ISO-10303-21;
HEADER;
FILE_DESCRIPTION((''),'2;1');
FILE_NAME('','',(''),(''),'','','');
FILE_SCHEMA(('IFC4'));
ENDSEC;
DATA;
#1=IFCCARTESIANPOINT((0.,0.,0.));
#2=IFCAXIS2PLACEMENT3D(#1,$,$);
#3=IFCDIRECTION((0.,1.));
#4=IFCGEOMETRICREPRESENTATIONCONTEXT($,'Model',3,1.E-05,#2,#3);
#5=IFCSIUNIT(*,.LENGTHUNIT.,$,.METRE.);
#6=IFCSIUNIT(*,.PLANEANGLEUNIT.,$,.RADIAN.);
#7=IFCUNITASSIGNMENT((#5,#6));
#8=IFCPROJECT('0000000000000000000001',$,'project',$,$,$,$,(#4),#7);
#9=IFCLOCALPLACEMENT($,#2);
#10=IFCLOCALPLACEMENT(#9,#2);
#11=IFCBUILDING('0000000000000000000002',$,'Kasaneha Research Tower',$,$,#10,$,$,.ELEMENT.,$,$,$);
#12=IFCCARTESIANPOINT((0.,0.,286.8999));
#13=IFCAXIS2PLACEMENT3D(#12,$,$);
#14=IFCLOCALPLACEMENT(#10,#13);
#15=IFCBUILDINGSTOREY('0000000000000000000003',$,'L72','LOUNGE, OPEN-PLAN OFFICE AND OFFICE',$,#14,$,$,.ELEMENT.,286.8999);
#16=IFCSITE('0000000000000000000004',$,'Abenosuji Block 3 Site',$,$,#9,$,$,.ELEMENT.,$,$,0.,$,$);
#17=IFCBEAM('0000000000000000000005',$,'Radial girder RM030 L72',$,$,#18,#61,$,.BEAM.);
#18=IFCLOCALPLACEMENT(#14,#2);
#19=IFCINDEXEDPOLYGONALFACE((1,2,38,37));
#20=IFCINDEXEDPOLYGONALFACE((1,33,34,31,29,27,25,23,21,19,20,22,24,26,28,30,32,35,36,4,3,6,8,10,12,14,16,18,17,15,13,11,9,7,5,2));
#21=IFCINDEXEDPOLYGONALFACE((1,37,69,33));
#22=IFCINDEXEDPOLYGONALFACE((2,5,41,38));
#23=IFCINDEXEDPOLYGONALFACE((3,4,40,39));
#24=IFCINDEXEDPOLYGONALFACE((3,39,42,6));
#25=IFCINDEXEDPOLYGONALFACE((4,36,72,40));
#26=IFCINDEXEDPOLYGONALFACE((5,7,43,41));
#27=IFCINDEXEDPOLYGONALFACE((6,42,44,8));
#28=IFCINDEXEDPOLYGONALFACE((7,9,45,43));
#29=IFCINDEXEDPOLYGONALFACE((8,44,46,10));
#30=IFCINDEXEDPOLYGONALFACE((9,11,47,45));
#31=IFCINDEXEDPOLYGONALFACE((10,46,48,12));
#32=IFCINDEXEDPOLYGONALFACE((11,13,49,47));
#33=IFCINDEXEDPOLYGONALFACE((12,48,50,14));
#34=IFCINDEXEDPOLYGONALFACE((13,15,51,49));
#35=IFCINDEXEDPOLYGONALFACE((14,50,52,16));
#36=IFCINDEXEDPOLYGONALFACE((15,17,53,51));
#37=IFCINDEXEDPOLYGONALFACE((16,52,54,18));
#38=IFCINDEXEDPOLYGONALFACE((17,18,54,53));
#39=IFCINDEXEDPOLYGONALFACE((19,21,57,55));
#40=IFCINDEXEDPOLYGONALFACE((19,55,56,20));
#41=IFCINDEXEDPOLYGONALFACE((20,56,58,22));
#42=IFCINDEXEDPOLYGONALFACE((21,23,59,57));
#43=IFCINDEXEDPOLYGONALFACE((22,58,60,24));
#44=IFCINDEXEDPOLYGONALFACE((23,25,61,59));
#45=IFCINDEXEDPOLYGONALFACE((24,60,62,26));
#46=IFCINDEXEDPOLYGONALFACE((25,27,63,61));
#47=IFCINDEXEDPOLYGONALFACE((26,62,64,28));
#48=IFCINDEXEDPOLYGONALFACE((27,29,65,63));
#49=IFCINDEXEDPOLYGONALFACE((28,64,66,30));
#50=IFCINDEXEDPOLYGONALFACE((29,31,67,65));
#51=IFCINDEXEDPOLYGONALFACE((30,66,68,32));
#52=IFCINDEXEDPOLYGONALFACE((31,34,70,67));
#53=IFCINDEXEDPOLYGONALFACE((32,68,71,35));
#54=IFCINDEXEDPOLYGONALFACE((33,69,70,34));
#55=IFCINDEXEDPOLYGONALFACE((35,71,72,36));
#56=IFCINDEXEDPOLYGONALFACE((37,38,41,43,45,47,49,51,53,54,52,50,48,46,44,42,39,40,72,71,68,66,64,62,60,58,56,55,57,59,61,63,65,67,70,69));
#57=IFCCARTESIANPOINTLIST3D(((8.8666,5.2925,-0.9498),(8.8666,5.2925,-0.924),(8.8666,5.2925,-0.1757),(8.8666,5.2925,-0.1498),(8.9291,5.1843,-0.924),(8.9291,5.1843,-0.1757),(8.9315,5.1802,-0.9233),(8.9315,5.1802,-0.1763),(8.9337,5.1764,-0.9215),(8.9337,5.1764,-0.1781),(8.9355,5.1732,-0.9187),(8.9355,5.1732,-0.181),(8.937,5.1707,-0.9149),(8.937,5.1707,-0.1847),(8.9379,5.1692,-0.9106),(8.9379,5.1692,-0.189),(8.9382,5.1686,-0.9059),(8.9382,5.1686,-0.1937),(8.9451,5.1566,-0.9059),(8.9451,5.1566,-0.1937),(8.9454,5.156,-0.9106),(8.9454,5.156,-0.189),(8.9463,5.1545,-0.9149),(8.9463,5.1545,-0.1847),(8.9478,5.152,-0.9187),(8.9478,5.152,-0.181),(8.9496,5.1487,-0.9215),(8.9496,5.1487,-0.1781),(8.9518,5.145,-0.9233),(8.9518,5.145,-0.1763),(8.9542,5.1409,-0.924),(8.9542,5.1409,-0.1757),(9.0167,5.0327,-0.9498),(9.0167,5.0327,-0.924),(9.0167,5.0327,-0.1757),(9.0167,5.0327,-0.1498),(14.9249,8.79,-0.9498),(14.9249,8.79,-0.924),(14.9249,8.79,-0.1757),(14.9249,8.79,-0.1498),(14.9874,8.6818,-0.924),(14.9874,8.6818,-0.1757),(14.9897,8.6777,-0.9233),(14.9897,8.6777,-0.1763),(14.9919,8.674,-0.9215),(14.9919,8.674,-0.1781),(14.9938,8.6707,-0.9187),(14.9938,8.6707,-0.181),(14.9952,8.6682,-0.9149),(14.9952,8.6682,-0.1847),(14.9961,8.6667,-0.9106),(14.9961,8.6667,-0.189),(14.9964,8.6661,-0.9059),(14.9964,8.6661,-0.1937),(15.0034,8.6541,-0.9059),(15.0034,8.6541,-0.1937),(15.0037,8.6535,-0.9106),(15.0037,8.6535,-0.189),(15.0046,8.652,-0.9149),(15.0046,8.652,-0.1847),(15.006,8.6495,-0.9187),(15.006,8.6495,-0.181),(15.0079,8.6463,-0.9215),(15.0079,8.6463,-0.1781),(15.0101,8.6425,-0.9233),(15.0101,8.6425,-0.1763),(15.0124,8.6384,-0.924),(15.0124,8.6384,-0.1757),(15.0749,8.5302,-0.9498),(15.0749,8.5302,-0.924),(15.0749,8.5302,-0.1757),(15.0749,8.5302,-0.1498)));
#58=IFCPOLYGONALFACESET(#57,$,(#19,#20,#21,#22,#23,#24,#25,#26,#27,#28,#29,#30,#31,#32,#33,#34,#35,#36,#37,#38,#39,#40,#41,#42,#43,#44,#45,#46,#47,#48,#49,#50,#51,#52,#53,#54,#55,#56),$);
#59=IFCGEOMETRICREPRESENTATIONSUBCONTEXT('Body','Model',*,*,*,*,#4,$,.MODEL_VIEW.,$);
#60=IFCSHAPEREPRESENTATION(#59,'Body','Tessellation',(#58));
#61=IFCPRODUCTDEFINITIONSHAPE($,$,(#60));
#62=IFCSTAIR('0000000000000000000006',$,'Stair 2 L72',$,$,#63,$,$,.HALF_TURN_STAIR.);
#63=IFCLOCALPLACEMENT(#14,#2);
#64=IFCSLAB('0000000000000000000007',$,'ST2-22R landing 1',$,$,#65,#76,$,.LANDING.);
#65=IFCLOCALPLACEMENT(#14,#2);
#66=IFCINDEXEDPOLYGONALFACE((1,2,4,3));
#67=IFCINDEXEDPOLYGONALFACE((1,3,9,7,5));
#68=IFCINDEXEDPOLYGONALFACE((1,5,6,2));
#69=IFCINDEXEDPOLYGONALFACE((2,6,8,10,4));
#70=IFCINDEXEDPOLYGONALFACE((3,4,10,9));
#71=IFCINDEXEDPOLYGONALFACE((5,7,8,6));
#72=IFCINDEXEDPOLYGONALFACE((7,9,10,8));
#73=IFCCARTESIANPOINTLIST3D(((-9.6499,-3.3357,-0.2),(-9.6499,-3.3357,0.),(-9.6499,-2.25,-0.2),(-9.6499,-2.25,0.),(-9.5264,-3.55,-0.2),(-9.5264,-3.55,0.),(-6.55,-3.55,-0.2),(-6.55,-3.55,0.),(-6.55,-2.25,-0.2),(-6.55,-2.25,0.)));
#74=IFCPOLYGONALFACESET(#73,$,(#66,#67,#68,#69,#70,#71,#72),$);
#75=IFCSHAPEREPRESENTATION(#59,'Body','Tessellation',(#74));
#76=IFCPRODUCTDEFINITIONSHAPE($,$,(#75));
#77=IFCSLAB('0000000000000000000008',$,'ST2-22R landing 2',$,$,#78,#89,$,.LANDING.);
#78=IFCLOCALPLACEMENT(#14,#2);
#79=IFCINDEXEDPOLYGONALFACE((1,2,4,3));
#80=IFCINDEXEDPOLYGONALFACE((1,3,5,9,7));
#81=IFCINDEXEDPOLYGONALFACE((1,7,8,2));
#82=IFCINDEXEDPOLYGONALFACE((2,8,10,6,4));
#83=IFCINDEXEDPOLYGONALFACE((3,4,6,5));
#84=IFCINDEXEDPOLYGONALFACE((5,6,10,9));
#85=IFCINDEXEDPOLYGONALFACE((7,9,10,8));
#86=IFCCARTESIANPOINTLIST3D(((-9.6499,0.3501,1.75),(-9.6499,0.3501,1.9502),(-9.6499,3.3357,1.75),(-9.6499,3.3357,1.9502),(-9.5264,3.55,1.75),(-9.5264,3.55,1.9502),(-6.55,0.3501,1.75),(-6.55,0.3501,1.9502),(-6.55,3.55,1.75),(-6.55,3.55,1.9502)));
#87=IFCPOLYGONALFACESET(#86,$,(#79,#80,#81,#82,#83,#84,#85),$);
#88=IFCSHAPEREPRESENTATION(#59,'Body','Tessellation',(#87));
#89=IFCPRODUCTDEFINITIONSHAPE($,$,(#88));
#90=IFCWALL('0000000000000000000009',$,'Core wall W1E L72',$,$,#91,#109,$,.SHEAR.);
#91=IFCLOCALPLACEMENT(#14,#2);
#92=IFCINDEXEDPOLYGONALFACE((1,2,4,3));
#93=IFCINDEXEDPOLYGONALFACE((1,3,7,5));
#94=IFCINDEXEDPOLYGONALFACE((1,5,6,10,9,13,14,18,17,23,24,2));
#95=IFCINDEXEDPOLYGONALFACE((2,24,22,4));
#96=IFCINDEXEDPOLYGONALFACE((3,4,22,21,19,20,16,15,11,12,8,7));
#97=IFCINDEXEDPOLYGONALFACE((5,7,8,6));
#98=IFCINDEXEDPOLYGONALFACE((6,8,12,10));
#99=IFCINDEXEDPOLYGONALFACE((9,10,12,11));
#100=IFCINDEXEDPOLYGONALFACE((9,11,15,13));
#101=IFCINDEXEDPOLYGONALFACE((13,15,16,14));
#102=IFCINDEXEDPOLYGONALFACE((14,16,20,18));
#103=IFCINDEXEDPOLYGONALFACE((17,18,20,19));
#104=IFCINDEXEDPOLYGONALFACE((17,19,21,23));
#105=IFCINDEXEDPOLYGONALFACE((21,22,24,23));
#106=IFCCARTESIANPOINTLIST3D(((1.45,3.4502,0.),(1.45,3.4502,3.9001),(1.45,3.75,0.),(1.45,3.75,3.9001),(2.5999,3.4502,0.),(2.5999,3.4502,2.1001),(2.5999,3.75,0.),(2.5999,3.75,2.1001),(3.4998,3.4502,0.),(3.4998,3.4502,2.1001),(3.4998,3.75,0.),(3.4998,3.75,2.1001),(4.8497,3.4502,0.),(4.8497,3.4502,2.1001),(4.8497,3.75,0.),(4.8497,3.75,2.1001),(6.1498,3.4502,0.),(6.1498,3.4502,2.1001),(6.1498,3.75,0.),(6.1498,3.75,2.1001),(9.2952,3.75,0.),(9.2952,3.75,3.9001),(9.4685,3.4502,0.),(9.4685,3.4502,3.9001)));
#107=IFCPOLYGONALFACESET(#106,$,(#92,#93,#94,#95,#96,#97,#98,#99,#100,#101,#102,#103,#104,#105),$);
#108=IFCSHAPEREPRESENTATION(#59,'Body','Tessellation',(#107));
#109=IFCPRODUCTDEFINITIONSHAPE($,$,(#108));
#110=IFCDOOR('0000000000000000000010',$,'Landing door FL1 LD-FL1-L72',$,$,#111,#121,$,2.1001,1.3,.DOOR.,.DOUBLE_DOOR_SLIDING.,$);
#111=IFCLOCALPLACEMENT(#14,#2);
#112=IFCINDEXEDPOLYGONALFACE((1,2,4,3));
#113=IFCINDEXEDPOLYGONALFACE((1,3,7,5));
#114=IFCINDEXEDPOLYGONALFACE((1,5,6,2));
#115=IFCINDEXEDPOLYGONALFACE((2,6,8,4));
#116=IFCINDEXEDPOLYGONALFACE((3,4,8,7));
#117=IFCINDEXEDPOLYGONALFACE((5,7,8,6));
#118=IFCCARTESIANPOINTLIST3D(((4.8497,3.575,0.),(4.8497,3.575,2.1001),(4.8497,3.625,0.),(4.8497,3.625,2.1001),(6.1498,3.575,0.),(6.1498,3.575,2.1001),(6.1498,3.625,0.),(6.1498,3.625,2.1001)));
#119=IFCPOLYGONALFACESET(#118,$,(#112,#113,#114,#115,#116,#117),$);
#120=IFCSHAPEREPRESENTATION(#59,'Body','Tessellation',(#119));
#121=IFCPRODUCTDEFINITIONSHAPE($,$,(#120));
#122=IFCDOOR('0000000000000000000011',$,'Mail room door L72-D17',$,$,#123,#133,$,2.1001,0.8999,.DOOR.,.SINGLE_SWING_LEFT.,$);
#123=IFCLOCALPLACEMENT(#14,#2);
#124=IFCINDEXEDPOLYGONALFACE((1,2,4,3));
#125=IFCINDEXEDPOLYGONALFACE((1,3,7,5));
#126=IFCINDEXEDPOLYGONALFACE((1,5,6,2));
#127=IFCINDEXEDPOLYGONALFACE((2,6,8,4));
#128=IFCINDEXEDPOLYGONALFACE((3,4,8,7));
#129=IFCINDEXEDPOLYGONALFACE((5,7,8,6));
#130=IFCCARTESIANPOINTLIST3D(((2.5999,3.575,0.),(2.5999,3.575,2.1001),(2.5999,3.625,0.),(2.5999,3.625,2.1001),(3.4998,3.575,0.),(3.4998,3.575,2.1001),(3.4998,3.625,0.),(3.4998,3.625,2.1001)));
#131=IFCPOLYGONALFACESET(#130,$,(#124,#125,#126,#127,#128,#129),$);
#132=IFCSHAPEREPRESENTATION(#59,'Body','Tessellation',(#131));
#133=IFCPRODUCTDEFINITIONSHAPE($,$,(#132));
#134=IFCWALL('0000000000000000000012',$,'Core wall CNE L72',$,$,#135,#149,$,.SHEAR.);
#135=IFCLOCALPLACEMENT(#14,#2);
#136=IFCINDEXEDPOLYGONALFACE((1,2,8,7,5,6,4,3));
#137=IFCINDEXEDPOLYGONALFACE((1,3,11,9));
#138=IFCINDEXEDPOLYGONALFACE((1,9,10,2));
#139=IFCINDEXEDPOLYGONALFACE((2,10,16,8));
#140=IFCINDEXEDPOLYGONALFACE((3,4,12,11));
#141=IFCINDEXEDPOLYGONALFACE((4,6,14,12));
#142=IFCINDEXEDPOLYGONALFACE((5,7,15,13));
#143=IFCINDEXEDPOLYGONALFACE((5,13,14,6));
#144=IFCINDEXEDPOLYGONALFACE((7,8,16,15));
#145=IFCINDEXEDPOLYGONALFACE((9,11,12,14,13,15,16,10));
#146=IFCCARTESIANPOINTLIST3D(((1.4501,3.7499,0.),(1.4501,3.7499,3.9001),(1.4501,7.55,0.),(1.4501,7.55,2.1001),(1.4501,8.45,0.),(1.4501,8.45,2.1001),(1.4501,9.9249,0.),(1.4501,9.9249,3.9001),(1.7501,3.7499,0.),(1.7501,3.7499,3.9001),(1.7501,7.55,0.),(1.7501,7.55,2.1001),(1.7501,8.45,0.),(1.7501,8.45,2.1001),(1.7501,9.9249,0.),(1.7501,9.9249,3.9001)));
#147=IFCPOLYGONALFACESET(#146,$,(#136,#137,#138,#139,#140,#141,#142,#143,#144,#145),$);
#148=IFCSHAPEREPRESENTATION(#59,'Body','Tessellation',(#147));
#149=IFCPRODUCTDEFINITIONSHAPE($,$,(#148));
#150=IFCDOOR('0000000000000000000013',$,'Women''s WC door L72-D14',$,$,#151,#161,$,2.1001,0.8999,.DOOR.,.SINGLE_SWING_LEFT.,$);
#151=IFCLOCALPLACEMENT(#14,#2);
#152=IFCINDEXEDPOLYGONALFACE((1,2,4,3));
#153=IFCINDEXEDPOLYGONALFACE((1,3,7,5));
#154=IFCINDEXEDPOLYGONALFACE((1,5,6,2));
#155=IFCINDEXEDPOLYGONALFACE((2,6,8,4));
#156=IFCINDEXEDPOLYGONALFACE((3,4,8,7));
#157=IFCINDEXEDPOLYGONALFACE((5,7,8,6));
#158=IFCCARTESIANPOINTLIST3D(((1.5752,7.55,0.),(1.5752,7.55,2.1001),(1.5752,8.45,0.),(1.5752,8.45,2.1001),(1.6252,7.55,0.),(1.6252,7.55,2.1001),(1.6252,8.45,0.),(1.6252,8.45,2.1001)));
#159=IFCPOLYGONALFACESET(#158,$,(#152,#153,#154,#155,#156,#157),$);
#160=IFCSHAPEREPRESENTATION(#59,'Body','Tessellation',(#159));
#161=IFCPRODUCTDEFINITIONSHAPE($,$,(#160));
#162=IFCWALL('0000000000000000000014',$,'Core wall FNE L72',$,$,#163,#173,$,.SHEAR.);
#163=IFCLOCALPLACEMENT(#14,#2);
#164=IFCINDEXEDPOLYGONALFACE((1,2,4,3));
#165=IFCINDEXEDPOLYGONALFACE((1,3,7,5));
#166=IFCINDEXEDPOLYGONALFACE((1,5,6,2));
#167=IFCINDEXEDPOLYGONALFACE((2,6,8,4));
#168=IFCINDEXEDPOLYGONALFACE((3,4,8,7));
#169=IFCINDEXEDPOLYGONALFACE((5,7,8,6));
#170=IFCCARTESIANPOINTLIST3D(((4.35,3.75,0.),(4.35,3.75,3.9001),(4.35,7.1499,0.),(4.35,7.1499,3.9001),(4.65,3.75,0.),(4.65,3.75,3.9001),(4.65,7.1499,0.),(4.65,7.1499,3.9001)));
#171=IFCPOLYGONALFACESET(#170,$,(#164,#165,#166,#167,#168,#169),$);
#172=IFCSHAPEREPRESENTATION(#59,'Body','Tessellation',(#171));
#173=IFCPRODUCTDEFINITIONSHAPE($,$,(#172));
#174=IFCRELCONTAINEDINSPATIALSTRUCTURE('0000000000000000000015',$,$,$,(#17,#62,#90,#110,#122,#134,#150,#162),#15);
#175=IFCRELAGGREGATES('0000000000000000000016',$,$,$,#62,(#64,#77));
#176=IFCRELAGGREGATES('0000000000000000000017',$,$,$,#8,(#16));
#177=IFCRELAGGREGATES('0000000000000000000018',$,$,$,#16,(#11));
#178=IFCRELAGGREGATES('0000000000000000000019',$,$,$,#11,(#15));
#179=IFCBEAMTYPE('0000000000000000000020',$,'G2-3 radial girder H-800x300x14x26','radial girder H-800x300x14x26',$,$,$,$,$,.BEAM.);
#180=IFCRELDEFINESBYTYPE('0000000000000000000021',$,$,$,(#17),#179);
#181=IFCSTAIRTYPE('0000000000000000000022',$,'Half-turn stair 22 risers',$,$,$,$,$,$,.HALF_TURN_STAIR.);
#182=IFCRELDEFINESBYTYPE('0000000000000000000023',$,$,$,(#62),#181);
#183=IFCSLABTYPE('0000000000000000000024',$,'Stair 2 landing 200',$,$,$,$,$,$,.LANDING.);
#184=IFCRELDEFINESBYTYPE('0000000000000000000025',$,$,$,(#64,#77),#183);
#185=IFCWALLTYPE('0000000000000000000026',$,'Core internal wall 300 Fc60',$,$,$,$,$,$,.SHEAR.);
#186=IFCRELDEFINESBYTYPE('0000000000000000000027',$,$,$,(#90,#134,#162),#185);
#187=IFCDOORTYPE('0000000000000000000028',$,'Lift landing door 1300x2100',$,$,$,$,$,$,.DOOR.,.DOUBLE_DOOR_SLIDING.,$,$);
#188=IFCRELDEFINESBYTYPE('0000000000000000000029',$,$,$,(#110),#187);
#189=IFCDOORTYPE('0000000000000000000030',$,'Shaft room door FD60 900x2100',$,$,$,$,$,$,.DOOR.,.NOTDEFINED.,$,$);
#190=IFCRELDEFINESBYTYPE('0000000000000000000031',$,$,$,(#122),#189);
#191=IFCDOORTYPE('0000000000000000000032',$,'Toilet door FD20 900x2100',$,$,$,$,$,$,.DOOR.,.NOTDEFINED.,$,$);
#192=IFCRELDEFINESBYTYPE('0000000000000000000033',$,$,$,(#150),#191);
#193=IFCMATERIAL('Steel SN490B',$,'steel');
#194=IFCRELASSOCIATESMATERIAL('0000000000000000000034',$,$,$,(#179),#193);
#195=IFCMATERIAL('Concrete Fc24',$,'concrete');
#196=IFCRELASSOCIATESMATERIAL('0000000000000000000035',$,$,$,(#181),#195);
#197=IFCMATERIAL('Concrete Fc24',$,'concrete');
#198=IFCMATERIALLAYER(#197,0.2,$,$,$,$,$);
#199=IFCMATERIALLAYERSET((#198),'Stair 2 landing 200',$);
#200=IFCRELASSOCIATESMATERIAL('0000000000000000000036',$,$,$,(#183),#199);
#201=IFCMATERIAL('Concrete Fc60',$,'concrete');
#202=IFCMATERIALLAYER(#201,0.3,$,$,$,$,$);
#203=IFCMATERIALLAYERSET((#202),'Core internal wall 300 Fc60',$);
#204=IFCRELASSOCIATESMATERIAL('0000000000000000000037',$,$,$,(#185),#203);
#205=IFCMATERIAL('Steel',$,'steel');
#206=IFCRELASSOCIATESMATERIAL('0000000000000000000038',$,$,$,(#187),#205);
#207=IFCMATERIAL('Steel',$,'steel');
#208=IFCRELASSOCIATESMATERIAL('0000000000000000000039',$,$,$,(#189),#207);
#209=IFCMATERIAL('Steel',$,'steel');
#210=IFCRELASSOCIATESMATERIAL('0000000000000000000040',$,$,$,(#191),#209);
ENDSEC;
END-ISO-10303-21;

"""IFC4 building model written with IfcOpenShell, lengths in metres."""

from ifc_helpers import new_model, si_unit, direction, frame, frame_2d, origin, origin_2d, place, context, subcontext, project, spatial, polyline, rectangle, i_section, outline, extrude, material, layer, layer_set, material_profile, profile_set, type_object, element, fill, aggregate, save


model = new_model("IFC4")

# Units and contexts
model_context = context("Model", 3, precision=1e-05, world=origin(), true_north=direction((0.0, 1.0)))
body_context = subcontext(model_context, "Body", "Model", "MODEL_VIEW")
ifc_project = project(units=[si_unit("LENGTHUNIT", "METRE"), si_unit("PLANEANGLEUNIT", "RADIAN")], contexts=[model_context])

# Site, building, storey
site_placement = place(None, origin())
site = spatial("IfcSite", under=ifc_project, at=site_placement, Name="Abenosuji Block 3 Site", CompositionType="ELEMENT", RefElevation=0.0)
building_placement = place(site_placement, origin())
building = spatial("IfcBuilding", under=site, at=building_placement, Name="Kasaneha Research Tower", CompositionType="ELEMENT")
storey_placement = place(building_placement, frame((0.0, 0.0, 286.8999)))
storey = spatial("IfcBuildingStorey", under=building, at=storey_placement, Name="L72", Description="LOUNGE, OPEN-PLAN OFFICE AND OFFICE", CompositionType="ELEMENT", Elevation=286.8999)

# Beam
ifc_material_1 = material(Name="Steel SN490B", Category="steel")
ifc_material_profile = material_profile(ifc_material_1, i_section(OverallWidth=0.3, OverallDepth=0.8, WebThickness=0.0139, FlangeThickness=0.0259, FilletRadius=0.0181, at=origin_2d()), Name="H-800x300x14x26")
ifc_profile_set = profile_set([ifc_material_profile], Name="Steel SN490B")
beam_type = type_object("IfcBeamType", Name="G2-3 radial girder H-800x300x14x26", Description="radial girder H-800x300x14x26", PredefinedType="BEAM", material=ifc_profile_set)
beam_placement = place(storey_placement, frame((8.9417, 5.1626, -0.5498), z_axis=(0.86604, 0.499975, 0.0), x_axis=(-0.499975, 0.86604, 0.0)))
element("IfcBeam", 1, at=beam_placement, inside=storey, type_object=beam_type, Name="Radial girder RM030 L72", PredefinedType="BEAM", context=body_context, shape_type="SweptSolid", body=[
    extrude(i_section(OverallWidth=0.3, OverallDepth=0.8, WebThickness=0.0139, FlangeThickness=0.0259, FilletRadius=0.0181, at=origin_2d()), origin(), (0.0, 0.0, 1.0), 6.9954),
])

# Stair, slabs
ifc_material_2 = material(Name="Concrete Fc24", Category="concrete")
stair_type = type_object("IfcStairType", Name="Half-turn stair 22 risers", PredefinedType="HALF_TURN_STAIR", material=ifc_material_2)
stair_1_placement = place(storey_placement, origin())
stair_1 = element("IfcStair", 2, at=stair_1_placement, inside=storey, type_object=stair_type, Name="Stair 2 L72", PredefinedType="HALF_TURN_STAIR")
ifc_material_3 = material(Name="Concrete Fc24", Category="concrete")
ifc_layer_1 = layer(ifc_material_3, 0.2)
ifc_layer_set_1 = layer_set([ifc_layer_1], Name="Stair 2 landing 200")
slab_type = type_object("IfcSlabType", Name="Stair 2 landing 200", PredefinedType="LANDING", material=ifc_layer_set_1)
slab_1_placement = place(storey_placement, frame((0.0, 0.0, -0.2)))
slab_1 = element("IfcSlab", 3, at=slab_1_placement, type_object=slab_type, Name="ST2-22R landing 1", PredefinedType="LANDING", context=body_context, shape_type="SweptSolid", body=[
    extrude(outline(polyline([(-6.55, -3.55), (-9.5264, -3.55), (-9.6499, -3.3357), (-9.6499, -2.25), (-6.55, -2.25), (-6.55, -3.55)])), origin(), (0.0, 0.0, 1.0), 0.2),
])
slab_2_placement = place(storey_placement, frame((0.0, 0.0, 1.75)))
slab_2 = element("IfcSlab", 4, at=slab_2_placement, type_object=slab_type, Name="ST2-22R landing 2", PredefinedType="LANDING", context=body_context, shape_type="SweptSolid", body=[
    extrude(outline(polyline([(-6.55, 0.3501), (-9.6499, 0.3501), (-9.6499, 3.3357), (-9.5264, 3.55), (-6.55, 3.55), (-6.55, 0.3501)])), origin(), (0.0, 0.0, 1.0), 0.2002),
])
aggregate(stair_1, [slab_1, slab_2])

# Wall, openings, doors
ifc_material_4 = material(Name="Concrete Fc60", Category="concrete")
ifc_layer_2 = layer(ifc_material_4, 0.3)
ifc_layer_set_2 = layer_set([ifc_layer_2], Name="Core internal wall 300 Fc60")
wall_type_1 = type_object("IfcWallType", Name="Core internal wall 300 Fc60", PredefinedType="SHEAR", material=ifc_layer_set_2)
wall_1_placement = place(storey_placement, frame((1.45, 3.6001, 0.0), z_axis=(0.0, 0.0, 1.0), x_axis=(1.0, 0.0, 0.0)))
wall_1 = element("IfcWall", 5, at=wall_1_placement, inside=storey, type_object=wall_type_1, Name="Core wall W1E L72", PredefinedType="SHEAR", context=body_context, shape_type="SweptSolid", body=[
    extrude(outline(polyline([(0.0, -0.1499), (1.1499, -0.1499), (2.0498, -0.1499), (3.3999, -0.1499), (4.7, -0.1499), (8.0186, -0.1499), (7.8452, 0.1499), (4.7, 0.1499), (3.3999, 0.1499), (2.0498, 0.1499), (1.1499, 0.1499), (0.0, 0.1499), (0.0, -0.1499)])), origin(), (0.0, 0.0, 1.0), 3.9001),
])
opening_1_placement = place(wall_1_placement, frame((1.1499, 0.0, 0.0)))
opening_1 = element("IfcOpeningElement", 6, at=opening_1_placement, cuts=wall_1, PredefinedType="OPENING", context=body_context, shape_type="SweptSolid", body=[
    extrude(rectangle(XDim=0.8999, YDim=2.1001, at=frame_2d((0.45, 1.05))), frame((0.0, 0.1602, 0.0), z_axis=(0.0, -1.0, 0.0), x_axis=(1.0, 0.0, 0.0)), (0.0, 0.0, 1.0), 0.3201),
])
opening_2_placement = place(wall_1_placement, frame((3.3999, 0.0, 0.0)))
opening_2 = element("IfcOpeningElement", 7, at=opening_2_placement, cuts=wall_1, PredefinedType="OPENING", context=body_context, shape_type="SweptSolid", body=[
    extrude(rectangle(XDim=1.3, YDim=2.1001, at=frame_2d((0.6499, 1.05))), frame((0.0, 0.1602, 0.0), z_axis=(0.0, -1.0, 0.0), x_axis=(1.0, 0.0, 0.0)), (0.0, 0.0, 1.0), 0.3201),
])
ifc_material_5 = material(Name="Steel", Category="steel")
door_type_1 = type_object("IfcDoorType", Name="Lift landing door 1300x2100", OperationType="DOUBLE_DOOR_SLIDING", PredefinedType="DOOR", material=ifc_material_5)
door_1_placement = place(opening_2_placement, origin())
door_1 = element("IfcDoor", 8, at=door_1_placement, inside=storey, type_object=door_type_1, Name="Landing door FL1 LD-FL1-L72", OperationType="DOUBLE_DOOR_SLIDING", OverallHeight=2.1001, OverallWidth=1.3, PredefinedType="DOOR", context=body_context, shape_type="SweptSolid", body=[
    extrude(rectangle(XDim=1.3, YDim=2.1001, at=frame_2d((0.6499, 1.05))), frame((0.0, 0.0249, 0.0), z_axis=(0.0, -1.0, 0.0), x_axis=(1.0, 0.0, 0.0)), (0.0, 0.0, 1.0), 0.05),
])
fill(opening_2, door_1)
ifc_material_6 = material(Name="Steel", Category="steel")
door_type_2 = type_object("IfcDoorType", Name="Shaft room door FD60 900x2100", OperationType="NOTDEFINED", PredefinedType="DOOR", material=ifc_material_6)
door_2_placement = place(opening_1_placement, origin())
door_2 = element("IfcDoor", 9, at=door_2_placement, inside=storey, type_object=door_type_2, Name="Mail room door L72-D17", OperationType="SINGLE_SWING_LEFT", OverallHeight=2.1001, OverallWidth=0.8999, PredefinedType="DOOR", context=body_context, shape_type="SweptSolid", body=[
    extrude(rectangle(XDim=0.8999, YDim=2.1001, at=frame_2d((0.45, 1.05))), frame((0.0, 0.0249, 0.0), z_axis=(0.0, -1.0, 0.0), x_axis=(1.0, 0.0, 0.0)), (0.0, 0.0, 1.0), 0.05),
])
fill(opening_1, door_2)

# Wall, opening, door
wall_2_placement = place(storey_placement, frame((1.6001, 3.75, 0.0), z_axis=(0.0, 0.0, 1.0), x_axis=(0.0, 1.0, 0.0)))
wall_2 = element("IfcWall", 10, at=wall_2_placement, inside=storey, type_object=wall_type_1, Name="Core wall CNE L72", PredefinedType="SHEAR", context=body_context, shape_type="SweptSolid", body=[
    extrude(rectangle(XDim=6.175, YDim=0.3, at=frame_2d((3.0874, 0.0))), origin(), (0.0, 0.0, 1.0), 3.9001),
])
opening_3_placement = place(wall_2_placement, frame((3.8, 0.0, 0.0)))
opening_3 = element("IfcOpeningElement", 11, at=opening_3_placement, cuts=wall_2, PredefinedType="OPENING", context=body_context, shape_type="SweptSolid", body=[
    extrude(rectangle(XDim=0.8999, YDim=2.1001, at=frame_2d((0.45, 1.05))), frame((0.0, 0.1602, 0.0), z_axis=(0.0, -1.0, 0.0), x_axis=(1.0, 0.0, 0.0)), (0.0, 0.0, 1.0), 0.3201),
])
ifc_material_7 = material(Name="Steel", Category="steel")
door_type_3 = type_object("IfcDoorType", Name="Toilet door FD20 900x2100", OperationType="NOTDEFINED", PredefinedType="DOOR", material=ifc_material_7)
door_3_placement = place(opening_3_placement, origin())
door_3 = element("IfcDoor", 12, at=door_3_placement, inside=storey, type_object=door_type_3, Name="Women's WC door L72-D14", OperationType="SINGLE_SWING_LEFT", OverallHeight=2.1001, OverallWidth=0.8999, PredefinedType="DOOR", context=body_context, shape_type="SweptSolid", body=[
    extrude(rectangle(XDim=0.8999, YDim=2.1001, at=frame_2d((0.45, 1.05))), frame((0.0, 0.0249, 0.0), z_axis=(0.0, -1.0, 0.0), x_axis=(1.0, 0.0, 0.0)), (0.0, 0.0, 1.0), 0.05),
])
fill(opening_3, door_3)

# Wall
wall_3_placement = place(storey_placement, frame((4.5, 3.75, 0.0), z_axis=(0.0, 0.0, 1.0), x_axis=(0.0, 1.0, 0.0)))
element("IfcWall", 13, at=wall_3_placement, inside=storey, type_object=wall_type_1, Name="Core wall FNE L72", PredefinedType="SHEAR", context=body_context, shape_type="SweptSolid", body=[
    extrude(rectangle(XDim=3.3999, YDim=0.3, at=frame_2d((1.7, 0.0))), origin(), (0.0, 0.0, 1.0), 3.9001),
])

save(model, "model.ifc")
